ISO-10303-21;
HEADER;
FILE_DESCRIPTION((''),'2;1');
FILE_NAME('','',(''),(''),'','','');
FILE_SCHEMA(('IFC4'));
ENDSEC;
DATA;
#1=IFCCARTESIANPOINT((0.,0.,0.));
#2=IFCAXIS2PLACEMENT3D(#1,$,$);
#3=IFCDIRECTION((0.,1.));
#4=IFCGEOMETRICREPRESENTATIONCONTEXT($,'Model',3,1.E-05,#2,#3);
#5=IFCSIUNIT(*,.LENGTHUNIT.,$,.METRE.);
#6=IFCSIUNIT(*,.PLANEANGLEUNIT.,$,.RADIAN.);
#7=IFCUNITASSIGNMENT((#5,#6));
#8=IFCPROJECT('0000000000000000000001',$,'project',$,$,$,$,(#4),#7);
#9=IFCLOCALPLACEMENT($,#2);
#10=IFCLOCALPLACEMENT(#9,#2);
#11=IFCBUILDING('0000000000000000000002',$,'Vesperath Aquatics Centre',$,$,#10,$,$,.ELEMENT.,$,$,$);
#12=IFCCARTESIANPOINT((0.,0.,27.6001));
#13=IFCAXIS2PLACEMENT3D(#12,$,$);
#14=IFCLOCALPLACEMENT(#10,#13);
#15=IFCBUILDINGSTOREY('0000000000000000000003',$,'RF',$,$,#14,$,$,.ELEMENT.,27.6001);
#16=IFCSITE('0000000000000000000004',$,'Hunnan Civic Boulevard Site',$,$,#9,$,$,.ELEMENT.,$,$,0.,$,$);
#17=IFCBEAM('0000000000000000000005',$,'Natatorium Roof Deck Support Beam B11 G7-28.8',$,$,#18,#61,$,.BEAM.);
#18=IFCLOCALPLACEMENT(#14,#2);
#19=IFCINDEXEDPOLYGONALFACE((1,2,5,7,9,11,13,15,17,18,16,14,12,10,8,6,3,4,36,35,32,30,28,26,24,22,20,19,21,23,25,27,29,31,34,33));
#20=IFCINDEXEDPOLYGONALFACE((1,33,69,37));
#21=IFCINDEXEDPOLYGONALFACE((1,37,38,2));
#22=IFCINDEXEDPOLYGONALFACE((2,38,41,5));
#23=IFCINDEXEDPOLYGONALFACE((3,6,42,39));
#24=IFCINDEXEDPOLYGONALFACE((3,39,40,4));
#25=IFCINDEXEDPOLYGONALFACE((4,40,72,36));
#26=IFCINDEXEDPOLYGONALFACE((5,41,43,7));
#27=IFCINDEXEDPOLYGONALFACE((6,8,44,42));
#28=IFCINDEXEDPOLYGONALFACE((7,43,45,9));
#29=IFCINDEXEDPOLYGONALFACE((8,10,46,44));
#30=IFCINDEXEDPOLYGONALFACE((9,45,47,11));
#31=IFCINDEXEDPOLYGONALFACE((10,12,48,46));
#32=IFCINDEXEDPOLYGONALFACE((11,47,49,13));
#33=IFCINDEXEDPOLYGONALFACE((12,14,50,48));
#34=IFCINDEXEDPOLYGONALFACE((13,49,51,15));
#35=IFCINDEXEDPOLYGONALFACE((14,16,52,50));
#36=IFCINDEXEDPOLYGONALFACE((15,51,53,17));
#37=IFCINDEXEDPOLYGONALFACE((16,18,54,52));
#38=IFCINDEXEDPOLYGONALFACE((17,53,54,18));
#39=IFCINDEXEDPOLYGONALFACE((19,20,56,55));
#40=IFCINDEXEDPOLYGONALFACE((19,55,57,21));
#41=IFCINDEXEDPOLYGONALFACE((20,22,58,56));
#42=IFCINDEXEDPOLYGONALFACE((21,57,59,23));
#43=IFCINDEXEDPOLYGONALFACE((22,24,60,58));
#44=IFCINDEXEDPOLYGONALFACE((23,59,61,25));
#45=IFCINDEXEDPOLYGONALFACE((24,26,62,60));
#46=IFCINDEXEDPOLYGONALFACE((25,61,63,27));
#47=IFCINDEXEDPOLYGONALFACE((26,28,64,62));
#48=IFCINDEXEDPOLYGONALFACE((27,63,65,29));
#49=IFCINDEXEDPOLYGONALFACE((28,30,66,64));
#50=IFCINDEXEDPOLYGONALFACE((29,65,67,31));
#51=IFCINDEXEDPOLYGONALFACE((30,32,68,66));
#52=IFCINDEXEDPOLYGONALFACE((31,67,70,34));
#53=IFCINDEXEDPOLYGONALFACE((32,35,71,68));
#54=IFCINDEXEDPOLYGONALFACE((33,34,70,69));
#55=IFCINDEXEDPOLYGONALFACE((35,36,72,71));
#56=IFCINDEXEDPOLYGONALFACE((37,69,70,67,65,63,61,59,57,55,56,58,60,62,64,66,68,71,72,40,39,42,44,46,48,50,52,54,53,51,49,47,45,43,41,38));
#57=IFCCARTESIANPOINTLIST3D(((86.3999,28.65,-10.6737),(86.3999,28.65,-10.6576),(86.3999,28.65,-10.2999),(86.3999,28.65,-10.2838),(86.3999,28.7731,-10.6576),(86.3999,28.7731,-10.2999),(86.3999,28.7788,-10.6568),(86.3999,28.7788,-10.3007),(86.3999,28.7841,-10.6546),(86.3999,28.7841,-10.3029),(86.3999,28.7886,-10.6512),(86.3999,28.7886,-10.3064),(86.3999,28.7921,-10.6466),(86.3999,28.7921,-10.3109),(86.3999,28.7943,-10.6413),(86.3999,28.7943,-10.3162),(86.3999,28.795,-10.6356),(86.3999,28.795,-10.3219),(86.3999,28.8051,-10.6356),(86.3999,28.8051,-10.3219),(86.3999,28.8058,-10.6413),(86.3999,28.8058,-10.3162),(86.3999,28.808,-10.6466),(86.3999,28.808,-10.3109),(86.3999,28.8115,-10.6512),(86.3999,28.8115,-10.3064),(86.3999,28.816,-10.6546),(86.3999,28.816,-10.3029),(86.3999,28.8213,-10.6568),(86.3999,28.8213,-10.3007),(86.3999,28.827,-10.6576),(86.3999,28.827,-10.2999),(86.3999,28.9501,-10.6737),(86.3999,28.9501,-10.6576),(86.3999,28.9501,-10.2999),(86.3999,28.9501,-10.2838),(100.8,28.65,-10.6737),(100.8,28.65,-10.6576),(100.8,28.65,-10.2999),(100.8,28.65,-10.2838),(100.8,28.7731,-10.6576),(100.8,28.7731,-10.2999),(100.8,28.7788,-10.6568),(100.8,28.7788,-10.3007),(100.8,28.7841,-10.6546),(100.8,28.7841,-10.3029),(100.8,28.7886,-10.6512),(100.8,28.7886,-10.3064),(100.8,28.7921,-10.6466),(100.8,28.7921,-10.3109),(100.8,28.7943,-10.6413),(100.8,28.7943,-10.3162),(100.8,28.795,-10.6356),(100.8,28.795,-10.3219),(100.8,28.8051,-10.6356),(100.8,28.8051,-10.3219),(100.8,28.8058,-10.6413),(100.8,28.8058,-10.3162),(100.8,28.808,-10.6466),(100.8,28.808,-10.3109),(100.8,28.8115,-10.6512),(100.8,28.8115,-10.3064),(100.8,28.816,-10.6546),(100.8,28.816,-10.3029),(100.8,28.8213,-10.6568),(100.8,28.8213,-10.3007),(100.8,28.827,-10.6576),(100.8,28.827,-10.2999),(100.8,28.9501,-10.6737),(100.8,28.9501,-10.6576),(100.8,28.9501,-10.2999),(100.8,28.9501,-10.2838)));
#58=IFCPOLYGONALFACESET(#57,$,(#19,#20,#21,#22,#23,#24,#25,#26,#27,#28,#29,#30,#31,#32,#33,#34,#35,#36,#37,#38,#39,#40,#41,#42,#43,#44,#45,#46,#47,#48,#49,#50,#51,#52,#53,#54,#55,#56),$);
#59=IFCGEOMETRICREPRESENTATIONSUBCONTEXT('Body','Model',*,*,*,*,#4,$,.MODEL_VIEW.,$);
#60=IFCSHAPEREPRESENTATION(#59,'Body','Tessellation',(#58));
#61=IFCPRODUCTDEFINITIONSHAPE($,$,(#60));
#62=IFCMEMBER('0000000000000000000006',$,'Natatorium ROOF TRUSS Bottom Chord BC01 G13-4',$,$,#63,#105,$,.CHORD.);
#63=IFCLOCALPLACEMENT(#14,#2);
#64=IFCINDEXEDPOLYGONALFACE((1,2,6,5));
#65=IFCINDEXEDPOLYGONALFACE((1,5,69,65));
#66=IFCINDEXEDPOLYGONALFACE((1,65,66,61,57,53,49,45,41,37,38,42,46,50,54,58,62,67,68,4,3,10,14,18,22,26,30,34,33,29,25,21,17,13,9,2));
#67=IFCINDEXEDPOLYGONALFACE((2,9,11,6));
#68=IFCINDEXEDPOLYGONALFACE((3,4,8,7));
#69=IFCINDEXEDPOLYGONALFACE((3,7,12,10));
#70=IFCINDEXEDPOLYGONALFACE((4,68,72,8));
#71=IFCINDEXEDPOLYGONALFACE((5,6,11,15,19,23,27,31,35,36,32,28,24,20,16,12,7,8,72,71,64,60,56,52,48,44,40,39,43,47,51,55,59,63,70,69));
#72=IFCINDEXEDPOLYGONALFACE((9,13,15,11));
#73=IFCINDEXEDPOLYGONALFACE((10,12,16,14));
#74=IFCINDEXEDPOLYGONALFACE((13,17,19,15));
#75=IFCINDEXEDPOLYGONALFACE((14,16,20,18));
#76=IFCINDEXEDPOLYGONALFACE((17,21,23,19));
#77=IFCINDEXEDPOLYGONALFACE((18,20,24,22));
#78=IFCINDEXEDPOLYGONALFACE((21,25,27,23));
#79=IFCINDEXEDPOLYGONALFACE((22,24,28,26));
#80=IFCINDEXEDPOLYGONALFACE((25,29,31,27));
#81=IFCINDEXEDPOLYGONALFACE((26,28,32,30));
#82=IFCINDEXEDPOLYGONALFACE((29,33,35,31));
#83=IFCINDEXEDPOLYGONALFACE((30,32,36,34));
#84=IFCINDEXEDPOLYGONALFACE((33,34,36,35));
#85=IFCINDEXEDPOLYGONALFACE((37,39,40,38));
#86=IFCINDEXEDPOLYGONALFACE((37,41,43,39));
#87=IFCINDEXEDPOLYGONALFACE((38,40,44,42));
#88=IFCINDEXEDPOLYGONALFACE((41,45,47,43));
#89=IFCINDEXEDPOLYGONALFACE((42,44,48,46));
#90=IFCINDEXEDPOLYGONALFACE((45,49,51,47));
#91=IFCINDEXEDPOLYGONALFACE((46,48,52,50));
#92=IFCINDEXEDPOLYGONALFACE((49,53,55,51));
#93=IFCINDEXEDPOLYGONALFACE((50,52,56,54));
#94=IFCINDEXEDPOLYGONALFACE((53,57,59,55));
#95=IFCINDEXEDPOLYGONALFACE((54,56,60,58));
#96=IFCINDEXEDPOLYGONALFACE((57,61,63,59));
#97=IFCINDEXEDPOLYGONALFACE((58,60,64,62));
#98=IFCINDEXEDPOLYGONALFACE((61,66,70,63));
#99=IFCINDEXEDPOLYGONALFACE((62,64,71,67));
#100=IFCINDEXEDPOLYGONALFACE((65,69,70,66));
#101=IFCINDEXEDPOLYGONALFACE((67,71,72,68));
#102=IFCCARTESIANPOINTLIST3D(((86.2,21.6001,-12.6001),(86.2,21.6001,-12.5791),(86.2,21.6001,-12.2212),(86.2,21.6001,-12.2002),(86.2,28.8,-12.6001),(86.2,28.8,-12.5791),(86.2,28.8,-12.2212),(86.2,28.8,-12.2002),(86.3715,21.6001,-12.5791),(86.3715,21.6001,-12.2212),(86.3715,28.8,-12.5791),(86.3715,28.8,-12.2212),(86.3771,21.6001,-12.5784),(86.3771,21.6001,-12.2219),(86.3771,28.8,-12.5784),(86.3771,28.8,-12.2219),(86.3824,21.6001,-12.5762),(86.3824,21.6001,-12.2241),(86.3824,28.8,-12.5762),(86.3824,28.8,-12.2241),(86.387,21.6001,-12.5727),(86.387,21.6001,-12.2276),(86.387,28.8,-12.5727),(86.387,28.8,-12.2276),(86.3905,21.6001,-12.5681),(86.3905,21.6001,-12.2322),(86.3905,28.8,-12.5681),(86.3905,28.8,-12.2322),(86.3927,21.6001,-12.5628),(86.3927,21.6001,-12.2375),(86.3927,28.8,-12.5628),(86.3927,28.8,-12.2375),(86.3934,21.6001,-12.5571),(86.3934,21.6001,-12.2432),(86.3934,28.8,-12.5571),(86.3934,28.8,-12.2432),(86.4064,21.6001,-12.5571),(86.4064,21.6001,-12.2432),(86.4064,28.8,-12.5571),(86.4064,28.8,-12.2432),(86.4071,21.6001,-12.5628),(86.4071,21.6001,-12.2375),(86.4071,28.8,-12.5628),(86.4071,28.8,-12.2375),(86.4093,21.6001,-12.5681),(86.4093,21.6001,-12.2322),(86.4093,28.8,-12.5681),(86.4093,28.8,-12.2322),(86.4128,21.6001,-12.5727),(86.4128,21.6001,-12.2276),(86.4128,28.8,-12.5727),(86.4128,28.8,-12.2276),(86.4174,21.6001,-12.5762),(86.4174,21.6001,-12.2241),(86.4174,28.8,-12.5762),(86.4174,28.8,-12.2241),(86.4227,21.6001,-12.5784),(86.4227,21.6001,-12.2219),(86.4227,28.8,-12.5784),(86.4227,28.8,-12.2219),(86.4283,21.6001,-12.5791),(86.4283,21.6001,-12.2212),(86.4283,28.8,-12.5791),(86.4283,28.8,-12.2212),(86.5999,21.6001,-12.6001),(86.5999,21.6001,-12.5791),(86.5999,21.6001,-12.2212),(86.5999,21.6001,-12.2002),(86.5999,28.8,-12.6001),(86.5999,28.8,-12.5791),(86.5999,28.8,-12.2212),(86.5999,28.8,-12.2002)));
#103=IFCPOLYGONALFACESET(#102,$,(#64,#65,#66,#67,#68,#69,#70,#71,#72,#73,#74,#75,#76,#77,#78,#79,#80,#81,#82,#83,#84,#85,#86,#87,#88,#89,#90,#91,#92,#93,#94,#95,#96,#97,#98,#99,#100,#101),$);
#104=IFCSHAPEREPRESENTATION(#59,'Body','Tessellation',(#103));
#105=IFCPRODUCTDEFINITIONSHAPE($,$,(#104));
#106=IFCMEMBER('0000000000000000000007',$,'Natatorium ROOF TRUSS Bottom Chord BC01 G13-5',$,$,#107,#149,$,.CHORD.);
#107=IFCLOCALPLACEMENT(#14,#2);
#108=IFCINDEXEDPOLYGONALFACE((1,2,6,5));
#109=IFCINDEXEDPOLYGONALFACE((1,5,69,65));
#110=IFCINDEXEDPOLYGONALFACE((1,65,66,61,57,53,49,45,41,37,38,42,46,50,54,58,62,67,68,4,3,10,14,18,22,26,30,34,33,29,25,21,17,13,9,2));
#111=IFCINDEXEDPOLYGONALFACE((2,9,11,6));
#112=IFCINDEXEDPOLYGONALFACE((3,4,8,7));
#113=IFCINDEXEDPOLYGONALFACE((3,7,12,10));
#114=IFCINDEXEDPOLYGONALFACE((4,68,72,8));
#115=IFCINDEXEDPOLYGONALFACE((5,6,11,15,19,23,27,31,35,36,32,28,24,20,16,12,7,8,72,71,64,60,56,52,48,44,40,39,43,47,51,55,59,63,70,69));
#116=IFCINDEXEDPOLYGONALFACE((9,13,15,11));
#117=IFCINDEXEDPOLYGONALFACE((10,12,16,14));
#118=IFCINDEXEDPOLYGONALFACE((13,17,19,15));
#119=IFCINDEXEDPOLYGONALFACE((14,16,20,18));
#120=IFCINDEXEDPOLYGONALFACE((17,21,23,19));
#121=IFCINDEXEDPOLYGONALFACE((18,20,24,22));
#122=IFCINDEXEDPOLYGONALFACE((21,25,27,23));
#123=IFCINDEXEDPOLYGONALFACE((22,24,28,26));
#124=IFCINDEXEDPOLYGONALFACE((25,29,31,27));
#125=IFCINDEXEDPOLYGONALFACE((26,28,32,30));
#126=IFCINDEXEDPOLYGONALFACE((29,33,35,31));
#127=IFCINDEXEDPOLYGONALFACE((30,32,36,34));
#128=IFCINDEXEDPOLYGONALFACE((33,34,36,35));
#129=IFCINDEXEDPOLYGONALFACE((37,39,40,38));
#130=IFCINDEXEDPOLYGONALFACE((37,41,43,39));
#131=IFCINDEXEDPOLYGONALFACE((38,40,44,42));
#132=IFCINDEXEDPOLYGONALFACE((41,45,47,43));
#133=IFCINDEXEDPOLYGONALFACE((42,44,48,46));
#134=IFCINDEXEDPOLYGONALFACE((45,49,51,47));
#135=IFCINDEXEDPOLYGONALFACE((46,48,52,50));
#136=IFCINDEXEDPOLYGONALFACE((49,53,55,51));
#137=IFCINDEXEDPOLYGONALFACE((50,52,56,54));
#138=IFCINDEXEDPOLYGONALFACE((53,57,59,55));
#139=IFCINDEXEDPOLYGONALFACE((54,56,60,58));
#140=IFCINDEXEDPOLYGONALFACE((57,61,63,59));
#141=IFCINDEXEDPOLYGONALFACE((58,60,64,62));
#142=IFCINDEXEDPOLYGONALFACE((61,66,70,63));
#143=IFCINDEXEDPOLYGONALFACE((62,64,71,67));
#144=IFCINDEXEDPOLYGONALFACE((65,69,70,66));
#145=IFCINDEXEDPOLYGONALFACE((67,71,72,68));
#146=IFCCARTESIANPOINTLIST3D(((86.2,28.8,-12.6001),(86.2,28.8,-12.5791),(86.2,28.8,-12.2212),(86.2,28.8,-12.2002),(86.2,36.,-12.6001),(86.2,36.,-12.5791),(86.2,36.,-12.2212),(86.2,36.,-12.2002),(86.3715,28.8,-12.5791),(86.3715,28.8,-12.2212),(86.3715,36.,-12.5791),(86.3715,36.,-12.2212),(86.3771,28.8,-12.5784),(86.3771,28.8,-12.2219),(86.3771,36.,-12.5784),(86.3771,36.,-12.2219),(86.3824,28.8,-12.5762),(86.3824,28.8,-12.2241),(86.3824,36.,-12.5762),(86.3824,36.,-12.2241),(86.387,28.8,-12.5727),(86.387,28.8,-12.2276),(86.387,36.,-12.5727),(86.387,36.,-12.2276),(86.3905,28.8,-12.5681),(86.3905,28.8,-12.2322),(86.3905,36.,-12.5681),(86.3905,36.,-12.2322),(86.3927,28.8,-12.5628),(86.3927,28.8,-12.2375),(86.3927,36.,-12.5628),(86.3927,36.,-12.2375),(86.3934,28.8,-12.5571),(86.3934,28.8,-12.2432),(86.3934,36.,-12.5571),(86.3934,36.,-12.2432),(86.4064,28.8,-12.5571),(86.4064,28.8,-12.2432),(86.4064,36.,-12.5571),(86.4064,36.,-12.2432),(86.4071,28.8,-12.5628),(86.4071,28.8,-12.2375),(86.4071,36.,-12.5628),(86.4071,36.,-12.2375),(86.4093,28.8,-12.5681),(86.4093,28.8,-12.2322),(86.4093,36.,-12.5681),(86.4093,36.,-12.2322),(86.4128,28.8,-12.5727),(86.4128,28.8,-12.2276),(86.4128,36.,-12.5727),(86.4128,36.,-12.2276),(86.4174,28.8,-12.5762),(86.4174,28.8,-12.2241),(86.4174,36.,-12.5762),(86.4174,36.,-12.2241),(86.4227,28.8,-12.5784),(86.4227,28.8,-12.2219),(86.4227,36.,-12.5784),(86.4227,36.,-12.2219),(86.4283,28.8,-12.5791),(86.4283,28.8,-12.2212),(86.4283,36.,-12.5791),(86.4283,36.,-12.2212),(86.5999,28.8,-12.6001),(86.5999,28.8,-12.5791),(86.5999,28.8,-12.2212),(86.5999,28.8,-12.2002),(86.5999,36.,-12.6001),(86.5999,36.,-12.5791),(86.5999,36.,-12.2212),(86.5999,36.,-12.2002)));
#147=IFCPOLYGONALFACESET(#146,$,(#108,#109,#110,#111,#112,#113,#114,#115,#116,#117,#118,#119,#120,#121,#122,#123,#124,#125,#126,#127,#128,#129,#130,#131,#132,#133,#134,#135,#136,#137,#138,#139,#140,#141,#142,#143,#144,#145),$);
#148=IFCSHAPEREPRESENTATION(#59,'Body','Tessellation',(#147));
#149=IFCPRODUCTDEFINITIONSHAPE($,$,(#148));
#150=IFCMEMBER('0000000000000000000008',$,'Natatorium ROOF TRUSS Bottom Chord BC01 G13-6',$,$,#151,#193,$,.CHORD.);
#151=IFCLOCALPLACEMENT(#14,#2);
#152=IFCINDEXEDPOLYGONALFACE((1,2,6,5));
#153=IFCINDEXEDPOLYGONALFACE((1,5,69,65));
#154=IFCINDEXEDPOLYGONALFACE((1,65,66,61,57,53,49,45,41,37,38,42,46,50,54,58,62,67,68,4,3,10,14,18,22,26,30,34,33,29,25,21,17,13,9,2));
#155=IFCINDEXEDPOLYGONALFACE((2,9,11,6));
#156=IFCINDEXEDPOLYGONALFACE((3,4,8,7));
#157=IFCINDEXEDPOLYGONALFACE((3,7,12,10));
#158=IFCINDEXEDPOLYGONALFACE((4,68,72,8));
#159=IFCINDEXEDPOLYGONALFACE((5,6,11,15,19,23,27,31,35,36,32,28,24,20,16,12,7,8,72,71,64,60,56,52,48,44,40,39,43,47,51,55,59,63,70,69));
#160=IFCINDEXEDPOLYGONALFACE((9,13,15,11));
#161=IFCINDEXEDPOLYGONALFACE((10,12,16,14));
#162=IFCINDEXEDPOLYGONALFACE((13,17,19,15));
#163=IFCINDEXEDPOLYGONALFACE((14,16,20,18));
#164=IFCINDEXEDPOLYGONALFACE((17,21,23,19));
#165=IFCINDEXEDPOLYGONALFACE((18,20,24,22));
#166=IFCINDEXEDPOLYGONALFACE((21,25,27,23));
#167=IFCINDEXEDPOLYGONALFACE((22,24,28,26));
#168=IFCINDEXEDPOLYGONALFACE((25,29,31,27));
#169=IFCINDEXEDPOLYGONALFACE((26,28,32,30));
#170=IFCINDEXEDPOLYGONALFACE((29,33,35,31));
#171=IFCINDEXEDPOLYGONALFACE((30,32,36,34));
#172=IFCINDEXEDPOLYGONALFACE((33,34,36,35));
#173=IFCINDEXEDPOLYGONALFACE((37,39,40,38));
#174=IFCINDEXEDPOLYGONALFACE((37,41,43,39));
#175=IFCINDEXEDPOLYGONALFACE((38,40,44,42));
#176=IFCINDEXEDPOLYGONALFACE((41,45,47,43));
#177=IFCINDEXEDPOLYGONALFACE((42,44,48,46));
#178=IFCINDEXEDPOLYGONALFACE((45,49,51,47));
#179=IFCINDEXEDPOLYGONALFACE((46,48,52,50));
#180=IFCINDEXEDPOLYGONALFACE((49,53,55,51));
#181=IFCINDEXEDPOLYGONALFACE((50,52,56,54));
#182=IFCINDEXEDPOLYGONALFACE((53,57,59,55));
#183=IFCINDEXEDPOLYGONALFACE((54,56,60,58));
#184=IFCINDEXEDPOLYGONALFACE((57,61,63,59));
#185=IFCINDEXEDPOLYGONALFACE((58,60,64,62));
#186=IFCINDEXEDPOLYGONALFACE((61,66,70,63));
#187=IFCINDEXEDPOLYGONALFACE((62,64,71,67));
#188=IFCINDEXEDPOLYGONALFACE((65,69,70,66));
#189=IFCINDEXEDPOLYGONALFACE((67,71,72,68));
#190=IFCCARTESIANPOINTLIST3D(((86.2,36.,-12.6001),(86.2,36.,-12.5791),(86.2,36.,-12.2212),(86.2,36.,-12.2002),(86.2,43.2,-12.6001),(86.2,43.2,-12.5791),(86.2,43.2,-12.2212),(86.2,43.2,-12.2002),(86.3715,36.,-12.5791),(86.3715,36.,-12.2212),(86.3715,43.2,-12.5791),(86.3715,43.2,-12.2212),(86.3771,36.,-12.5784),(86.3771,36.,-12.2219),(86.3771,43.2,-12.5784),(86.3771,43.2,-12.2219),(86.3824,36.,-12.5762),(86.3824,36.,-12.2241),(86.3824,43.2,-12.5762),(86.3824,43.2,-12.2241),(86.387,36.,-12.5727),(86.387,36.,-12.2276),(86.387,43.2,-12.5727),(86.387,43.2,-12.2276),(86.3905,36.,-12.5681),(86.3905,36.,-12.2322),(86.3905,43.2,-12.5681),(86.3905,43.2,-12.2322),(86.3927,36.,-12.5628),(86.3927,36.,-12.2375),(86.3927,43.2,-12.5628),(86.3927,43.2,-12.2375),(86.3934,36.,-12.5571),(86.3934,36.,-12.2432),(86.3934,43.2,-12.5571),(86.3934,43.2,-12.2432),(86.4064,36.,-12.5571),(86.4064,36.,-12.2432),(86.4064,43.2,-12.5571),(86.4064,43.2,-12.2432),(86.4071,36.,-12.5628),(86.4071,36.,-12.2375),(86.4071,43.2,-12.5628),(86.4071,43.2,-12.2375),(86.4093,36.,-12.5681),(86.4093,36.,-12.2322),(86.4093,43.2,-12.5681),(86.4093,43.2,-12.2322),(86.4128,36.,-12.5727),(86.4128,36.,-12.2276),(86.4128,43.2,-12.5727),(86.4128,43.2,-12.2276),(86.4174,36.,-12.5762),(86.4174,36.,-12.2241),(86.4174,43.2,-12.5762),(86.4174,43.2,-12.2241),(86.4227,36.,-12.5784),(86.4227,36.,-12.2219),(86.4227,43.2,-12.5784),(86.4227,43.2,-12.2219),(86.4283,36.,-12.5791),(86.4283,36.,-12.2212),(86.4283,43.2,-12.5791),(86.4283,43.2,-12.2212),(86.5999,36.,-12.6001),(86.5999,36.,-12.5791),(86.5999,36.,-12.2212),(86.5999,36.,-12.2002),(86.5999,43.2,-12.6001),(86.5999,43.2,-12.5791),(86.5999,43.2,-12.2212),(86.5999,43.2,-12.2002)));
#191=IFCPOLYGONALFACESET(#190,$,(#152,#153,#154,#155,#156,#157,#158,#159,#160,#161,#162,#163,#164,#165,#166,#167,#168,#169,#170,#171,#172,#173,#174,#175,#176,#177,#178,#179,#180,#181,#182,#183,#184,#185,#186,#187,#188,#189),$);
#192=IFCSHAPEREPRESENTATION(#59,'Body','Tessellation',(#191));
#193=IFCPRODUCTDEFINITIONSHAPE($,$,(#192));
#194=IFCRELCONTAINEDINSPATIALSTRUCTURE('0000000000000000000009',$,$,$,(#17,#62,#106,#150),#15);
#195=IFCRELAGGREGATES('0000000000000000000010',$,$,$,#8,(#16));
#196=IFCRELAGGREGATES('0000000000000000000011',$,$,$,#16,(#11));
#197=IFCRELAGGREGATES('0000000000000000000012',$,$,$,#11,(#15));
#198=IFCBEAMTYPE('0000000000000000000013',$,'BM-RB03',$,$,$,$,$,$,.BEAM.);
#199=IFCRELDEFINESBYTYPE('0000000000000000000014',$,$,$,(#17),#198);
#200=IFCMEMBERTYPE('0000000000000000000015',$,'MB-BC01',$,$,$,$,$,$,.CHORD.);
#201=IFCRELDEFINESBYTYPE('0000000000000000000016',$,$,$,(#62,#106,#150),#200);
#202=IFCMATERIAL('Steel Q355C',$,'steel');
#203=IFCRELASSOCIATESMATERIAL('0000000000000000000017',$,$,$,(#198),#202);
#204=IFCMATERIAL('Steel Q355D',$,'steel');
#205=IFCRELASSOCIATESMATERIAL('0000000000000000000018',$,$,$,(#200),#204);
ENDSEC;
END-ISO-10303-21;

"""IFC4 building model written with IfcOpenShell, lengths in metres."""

from ifc_helpers import new_model, si_unit, direction, frame, origin, origin_2d, place, context, subcontext, project, spatial, i_section, extrude, material, material_profile, profile_set, type_object, element, save


model = new_model("IFC4")

# Units and contexts
model_context = context("Model", 3, precision=1e-05, world=origin(), true_north=direction((0.0, 1.0)))
body_context = subcontext(model_context, "Body", "Model", "MODEL_VIEW")
ifc_project = project(units=[si_unit("LENGTHUNIT", "METRE"), si_unit("PLANEANGLEUNIT", "RADIAN")], contexts=[model_context])

# Site, building, storey
site_placement = place(None, origin())
site = spatial("IfcSite", under=ifc_project, at=site_placement, Name="Hunnan Civic Boulevard Site", CompositionType="ELEMENT", RefElevation=0.0)
building_placement = place(site_placement, origin())
building = spatial("IfcBuilding", under=site, at=building_placement, Name="Vesperath Aquatics Centre", CompositionType="ELEMENT")
storey_placement = place(building_placement, frame((0.0, 0.0, 27.6001)))
storey = spatial("IfcBuildingStorey", under=building, at=storey_placement, Name="RF", CompositionType="ELEMENT", Elevation=27.6001)

# Beam
ifc_material_1 = material(Name="Steel Q355C", Category="steel")
ifc_material_profile_1 = material_profile(ifc_material_1, i_section(OverallWidth=0.3, OverallDepth=0.3899, WebThickness=0.01, FlangeThickness=0.0161, FilletRadius=0.022, at=origin_2d()), Name="HM 390x300x10x16")
ifc_profile_set_1 = profile_set([ifc_material_profile_1], Name="Steel Q355C")
beam_type = type_object("IfcBeamType", Name="BM-RB03", PredefinedType="BEAM", material=ifc_profile_set_1)
beam_placement = place(storey_placement, frame((86.3999, 28.8, -10.4788), z_axis=(1.0, 0.0, 0.0), x_axis=(0.0, 1.0, 0.0)))
element("IfcBeam", 1, at=beam_placement, inside=storey, type_object=beam_type, Name="Natatorium Roof Deck Support Beam B11 G7-28.8", PredefinedType="BEAM", context=body_context, shape_type="SweptSolid", body=[
    extrude(i_section(OverallWidth=0.3, OverallDepth=0.3899, WebThickness=0.01, FlangeThickness=0.0161, FilletRadius=0.022, at=origin_2d()), origin(), (0.0, 0.0, 1.0), 14.4001),
])

# Members
ifc_material_2 = material(Name="Steel Q355D", Category="steel")
ifc_material_profile_2 = material_profile(ifc_material_2, i_section(OverallWidth=0.3999, OverallDepth=0.3999, WebThickness=0.0129, FlangeThickness=0.021, FilletRadius=0.022, at=origin_2d()), Name="HW 400x400x13x21")
ifc_profile_set_2 = profile_set([ifc_material_profile_2], Name="Steel Q355D")
member_type_1 = type_object("IfcMemberType", Name="MB-BC01", PredefinedType="CHORD", material=ifc_profile_set_2)
for number, where, z_axis, x_axis, name in (
    (2, (86.3999, 21.6001, -12.4001), (0.0, 1.0, 0.0), (-1.0, 0.0, 0.0), "Natatorium ROOF TRUSS Bottom Chord BC01 G13-4"),
    (3, (86.3999, 28.8, -12.4001), (0.0, 1.0, 0.0), (-1.0, 0.0, 0.0), "Natatorium ROOF TRUSS Bottom Chord BC01 G13-5"),
    (4, (86.3999, 36.0, -12.4001), (0.0, 1.0, 0.0), (-1.0, 0.0, 0.0), "Natatorium ROOF TRUSS Bottom Chord BC01 G13-6"),
):
    element("IfcMember", number, at=place(storey_placement, frame(where, z_axis=z_axis, x_axis=x_axis)), inside=storey, type_object=member_type_1, Name=name, PredefinedType="CHORD", context=body_context, shape_type="SweptSolid", body=[
        extrude(i_section(OverallWidth=0.3999, OverallDepth=0.3999, WebThickness=0.0129, FlangeThickness=0.021, FilletRadius=0.022, at=origin_2d()), origin(), (0.0, 0.0, 1.0), 7.2),
    ])

save(model, "model.ifc")
